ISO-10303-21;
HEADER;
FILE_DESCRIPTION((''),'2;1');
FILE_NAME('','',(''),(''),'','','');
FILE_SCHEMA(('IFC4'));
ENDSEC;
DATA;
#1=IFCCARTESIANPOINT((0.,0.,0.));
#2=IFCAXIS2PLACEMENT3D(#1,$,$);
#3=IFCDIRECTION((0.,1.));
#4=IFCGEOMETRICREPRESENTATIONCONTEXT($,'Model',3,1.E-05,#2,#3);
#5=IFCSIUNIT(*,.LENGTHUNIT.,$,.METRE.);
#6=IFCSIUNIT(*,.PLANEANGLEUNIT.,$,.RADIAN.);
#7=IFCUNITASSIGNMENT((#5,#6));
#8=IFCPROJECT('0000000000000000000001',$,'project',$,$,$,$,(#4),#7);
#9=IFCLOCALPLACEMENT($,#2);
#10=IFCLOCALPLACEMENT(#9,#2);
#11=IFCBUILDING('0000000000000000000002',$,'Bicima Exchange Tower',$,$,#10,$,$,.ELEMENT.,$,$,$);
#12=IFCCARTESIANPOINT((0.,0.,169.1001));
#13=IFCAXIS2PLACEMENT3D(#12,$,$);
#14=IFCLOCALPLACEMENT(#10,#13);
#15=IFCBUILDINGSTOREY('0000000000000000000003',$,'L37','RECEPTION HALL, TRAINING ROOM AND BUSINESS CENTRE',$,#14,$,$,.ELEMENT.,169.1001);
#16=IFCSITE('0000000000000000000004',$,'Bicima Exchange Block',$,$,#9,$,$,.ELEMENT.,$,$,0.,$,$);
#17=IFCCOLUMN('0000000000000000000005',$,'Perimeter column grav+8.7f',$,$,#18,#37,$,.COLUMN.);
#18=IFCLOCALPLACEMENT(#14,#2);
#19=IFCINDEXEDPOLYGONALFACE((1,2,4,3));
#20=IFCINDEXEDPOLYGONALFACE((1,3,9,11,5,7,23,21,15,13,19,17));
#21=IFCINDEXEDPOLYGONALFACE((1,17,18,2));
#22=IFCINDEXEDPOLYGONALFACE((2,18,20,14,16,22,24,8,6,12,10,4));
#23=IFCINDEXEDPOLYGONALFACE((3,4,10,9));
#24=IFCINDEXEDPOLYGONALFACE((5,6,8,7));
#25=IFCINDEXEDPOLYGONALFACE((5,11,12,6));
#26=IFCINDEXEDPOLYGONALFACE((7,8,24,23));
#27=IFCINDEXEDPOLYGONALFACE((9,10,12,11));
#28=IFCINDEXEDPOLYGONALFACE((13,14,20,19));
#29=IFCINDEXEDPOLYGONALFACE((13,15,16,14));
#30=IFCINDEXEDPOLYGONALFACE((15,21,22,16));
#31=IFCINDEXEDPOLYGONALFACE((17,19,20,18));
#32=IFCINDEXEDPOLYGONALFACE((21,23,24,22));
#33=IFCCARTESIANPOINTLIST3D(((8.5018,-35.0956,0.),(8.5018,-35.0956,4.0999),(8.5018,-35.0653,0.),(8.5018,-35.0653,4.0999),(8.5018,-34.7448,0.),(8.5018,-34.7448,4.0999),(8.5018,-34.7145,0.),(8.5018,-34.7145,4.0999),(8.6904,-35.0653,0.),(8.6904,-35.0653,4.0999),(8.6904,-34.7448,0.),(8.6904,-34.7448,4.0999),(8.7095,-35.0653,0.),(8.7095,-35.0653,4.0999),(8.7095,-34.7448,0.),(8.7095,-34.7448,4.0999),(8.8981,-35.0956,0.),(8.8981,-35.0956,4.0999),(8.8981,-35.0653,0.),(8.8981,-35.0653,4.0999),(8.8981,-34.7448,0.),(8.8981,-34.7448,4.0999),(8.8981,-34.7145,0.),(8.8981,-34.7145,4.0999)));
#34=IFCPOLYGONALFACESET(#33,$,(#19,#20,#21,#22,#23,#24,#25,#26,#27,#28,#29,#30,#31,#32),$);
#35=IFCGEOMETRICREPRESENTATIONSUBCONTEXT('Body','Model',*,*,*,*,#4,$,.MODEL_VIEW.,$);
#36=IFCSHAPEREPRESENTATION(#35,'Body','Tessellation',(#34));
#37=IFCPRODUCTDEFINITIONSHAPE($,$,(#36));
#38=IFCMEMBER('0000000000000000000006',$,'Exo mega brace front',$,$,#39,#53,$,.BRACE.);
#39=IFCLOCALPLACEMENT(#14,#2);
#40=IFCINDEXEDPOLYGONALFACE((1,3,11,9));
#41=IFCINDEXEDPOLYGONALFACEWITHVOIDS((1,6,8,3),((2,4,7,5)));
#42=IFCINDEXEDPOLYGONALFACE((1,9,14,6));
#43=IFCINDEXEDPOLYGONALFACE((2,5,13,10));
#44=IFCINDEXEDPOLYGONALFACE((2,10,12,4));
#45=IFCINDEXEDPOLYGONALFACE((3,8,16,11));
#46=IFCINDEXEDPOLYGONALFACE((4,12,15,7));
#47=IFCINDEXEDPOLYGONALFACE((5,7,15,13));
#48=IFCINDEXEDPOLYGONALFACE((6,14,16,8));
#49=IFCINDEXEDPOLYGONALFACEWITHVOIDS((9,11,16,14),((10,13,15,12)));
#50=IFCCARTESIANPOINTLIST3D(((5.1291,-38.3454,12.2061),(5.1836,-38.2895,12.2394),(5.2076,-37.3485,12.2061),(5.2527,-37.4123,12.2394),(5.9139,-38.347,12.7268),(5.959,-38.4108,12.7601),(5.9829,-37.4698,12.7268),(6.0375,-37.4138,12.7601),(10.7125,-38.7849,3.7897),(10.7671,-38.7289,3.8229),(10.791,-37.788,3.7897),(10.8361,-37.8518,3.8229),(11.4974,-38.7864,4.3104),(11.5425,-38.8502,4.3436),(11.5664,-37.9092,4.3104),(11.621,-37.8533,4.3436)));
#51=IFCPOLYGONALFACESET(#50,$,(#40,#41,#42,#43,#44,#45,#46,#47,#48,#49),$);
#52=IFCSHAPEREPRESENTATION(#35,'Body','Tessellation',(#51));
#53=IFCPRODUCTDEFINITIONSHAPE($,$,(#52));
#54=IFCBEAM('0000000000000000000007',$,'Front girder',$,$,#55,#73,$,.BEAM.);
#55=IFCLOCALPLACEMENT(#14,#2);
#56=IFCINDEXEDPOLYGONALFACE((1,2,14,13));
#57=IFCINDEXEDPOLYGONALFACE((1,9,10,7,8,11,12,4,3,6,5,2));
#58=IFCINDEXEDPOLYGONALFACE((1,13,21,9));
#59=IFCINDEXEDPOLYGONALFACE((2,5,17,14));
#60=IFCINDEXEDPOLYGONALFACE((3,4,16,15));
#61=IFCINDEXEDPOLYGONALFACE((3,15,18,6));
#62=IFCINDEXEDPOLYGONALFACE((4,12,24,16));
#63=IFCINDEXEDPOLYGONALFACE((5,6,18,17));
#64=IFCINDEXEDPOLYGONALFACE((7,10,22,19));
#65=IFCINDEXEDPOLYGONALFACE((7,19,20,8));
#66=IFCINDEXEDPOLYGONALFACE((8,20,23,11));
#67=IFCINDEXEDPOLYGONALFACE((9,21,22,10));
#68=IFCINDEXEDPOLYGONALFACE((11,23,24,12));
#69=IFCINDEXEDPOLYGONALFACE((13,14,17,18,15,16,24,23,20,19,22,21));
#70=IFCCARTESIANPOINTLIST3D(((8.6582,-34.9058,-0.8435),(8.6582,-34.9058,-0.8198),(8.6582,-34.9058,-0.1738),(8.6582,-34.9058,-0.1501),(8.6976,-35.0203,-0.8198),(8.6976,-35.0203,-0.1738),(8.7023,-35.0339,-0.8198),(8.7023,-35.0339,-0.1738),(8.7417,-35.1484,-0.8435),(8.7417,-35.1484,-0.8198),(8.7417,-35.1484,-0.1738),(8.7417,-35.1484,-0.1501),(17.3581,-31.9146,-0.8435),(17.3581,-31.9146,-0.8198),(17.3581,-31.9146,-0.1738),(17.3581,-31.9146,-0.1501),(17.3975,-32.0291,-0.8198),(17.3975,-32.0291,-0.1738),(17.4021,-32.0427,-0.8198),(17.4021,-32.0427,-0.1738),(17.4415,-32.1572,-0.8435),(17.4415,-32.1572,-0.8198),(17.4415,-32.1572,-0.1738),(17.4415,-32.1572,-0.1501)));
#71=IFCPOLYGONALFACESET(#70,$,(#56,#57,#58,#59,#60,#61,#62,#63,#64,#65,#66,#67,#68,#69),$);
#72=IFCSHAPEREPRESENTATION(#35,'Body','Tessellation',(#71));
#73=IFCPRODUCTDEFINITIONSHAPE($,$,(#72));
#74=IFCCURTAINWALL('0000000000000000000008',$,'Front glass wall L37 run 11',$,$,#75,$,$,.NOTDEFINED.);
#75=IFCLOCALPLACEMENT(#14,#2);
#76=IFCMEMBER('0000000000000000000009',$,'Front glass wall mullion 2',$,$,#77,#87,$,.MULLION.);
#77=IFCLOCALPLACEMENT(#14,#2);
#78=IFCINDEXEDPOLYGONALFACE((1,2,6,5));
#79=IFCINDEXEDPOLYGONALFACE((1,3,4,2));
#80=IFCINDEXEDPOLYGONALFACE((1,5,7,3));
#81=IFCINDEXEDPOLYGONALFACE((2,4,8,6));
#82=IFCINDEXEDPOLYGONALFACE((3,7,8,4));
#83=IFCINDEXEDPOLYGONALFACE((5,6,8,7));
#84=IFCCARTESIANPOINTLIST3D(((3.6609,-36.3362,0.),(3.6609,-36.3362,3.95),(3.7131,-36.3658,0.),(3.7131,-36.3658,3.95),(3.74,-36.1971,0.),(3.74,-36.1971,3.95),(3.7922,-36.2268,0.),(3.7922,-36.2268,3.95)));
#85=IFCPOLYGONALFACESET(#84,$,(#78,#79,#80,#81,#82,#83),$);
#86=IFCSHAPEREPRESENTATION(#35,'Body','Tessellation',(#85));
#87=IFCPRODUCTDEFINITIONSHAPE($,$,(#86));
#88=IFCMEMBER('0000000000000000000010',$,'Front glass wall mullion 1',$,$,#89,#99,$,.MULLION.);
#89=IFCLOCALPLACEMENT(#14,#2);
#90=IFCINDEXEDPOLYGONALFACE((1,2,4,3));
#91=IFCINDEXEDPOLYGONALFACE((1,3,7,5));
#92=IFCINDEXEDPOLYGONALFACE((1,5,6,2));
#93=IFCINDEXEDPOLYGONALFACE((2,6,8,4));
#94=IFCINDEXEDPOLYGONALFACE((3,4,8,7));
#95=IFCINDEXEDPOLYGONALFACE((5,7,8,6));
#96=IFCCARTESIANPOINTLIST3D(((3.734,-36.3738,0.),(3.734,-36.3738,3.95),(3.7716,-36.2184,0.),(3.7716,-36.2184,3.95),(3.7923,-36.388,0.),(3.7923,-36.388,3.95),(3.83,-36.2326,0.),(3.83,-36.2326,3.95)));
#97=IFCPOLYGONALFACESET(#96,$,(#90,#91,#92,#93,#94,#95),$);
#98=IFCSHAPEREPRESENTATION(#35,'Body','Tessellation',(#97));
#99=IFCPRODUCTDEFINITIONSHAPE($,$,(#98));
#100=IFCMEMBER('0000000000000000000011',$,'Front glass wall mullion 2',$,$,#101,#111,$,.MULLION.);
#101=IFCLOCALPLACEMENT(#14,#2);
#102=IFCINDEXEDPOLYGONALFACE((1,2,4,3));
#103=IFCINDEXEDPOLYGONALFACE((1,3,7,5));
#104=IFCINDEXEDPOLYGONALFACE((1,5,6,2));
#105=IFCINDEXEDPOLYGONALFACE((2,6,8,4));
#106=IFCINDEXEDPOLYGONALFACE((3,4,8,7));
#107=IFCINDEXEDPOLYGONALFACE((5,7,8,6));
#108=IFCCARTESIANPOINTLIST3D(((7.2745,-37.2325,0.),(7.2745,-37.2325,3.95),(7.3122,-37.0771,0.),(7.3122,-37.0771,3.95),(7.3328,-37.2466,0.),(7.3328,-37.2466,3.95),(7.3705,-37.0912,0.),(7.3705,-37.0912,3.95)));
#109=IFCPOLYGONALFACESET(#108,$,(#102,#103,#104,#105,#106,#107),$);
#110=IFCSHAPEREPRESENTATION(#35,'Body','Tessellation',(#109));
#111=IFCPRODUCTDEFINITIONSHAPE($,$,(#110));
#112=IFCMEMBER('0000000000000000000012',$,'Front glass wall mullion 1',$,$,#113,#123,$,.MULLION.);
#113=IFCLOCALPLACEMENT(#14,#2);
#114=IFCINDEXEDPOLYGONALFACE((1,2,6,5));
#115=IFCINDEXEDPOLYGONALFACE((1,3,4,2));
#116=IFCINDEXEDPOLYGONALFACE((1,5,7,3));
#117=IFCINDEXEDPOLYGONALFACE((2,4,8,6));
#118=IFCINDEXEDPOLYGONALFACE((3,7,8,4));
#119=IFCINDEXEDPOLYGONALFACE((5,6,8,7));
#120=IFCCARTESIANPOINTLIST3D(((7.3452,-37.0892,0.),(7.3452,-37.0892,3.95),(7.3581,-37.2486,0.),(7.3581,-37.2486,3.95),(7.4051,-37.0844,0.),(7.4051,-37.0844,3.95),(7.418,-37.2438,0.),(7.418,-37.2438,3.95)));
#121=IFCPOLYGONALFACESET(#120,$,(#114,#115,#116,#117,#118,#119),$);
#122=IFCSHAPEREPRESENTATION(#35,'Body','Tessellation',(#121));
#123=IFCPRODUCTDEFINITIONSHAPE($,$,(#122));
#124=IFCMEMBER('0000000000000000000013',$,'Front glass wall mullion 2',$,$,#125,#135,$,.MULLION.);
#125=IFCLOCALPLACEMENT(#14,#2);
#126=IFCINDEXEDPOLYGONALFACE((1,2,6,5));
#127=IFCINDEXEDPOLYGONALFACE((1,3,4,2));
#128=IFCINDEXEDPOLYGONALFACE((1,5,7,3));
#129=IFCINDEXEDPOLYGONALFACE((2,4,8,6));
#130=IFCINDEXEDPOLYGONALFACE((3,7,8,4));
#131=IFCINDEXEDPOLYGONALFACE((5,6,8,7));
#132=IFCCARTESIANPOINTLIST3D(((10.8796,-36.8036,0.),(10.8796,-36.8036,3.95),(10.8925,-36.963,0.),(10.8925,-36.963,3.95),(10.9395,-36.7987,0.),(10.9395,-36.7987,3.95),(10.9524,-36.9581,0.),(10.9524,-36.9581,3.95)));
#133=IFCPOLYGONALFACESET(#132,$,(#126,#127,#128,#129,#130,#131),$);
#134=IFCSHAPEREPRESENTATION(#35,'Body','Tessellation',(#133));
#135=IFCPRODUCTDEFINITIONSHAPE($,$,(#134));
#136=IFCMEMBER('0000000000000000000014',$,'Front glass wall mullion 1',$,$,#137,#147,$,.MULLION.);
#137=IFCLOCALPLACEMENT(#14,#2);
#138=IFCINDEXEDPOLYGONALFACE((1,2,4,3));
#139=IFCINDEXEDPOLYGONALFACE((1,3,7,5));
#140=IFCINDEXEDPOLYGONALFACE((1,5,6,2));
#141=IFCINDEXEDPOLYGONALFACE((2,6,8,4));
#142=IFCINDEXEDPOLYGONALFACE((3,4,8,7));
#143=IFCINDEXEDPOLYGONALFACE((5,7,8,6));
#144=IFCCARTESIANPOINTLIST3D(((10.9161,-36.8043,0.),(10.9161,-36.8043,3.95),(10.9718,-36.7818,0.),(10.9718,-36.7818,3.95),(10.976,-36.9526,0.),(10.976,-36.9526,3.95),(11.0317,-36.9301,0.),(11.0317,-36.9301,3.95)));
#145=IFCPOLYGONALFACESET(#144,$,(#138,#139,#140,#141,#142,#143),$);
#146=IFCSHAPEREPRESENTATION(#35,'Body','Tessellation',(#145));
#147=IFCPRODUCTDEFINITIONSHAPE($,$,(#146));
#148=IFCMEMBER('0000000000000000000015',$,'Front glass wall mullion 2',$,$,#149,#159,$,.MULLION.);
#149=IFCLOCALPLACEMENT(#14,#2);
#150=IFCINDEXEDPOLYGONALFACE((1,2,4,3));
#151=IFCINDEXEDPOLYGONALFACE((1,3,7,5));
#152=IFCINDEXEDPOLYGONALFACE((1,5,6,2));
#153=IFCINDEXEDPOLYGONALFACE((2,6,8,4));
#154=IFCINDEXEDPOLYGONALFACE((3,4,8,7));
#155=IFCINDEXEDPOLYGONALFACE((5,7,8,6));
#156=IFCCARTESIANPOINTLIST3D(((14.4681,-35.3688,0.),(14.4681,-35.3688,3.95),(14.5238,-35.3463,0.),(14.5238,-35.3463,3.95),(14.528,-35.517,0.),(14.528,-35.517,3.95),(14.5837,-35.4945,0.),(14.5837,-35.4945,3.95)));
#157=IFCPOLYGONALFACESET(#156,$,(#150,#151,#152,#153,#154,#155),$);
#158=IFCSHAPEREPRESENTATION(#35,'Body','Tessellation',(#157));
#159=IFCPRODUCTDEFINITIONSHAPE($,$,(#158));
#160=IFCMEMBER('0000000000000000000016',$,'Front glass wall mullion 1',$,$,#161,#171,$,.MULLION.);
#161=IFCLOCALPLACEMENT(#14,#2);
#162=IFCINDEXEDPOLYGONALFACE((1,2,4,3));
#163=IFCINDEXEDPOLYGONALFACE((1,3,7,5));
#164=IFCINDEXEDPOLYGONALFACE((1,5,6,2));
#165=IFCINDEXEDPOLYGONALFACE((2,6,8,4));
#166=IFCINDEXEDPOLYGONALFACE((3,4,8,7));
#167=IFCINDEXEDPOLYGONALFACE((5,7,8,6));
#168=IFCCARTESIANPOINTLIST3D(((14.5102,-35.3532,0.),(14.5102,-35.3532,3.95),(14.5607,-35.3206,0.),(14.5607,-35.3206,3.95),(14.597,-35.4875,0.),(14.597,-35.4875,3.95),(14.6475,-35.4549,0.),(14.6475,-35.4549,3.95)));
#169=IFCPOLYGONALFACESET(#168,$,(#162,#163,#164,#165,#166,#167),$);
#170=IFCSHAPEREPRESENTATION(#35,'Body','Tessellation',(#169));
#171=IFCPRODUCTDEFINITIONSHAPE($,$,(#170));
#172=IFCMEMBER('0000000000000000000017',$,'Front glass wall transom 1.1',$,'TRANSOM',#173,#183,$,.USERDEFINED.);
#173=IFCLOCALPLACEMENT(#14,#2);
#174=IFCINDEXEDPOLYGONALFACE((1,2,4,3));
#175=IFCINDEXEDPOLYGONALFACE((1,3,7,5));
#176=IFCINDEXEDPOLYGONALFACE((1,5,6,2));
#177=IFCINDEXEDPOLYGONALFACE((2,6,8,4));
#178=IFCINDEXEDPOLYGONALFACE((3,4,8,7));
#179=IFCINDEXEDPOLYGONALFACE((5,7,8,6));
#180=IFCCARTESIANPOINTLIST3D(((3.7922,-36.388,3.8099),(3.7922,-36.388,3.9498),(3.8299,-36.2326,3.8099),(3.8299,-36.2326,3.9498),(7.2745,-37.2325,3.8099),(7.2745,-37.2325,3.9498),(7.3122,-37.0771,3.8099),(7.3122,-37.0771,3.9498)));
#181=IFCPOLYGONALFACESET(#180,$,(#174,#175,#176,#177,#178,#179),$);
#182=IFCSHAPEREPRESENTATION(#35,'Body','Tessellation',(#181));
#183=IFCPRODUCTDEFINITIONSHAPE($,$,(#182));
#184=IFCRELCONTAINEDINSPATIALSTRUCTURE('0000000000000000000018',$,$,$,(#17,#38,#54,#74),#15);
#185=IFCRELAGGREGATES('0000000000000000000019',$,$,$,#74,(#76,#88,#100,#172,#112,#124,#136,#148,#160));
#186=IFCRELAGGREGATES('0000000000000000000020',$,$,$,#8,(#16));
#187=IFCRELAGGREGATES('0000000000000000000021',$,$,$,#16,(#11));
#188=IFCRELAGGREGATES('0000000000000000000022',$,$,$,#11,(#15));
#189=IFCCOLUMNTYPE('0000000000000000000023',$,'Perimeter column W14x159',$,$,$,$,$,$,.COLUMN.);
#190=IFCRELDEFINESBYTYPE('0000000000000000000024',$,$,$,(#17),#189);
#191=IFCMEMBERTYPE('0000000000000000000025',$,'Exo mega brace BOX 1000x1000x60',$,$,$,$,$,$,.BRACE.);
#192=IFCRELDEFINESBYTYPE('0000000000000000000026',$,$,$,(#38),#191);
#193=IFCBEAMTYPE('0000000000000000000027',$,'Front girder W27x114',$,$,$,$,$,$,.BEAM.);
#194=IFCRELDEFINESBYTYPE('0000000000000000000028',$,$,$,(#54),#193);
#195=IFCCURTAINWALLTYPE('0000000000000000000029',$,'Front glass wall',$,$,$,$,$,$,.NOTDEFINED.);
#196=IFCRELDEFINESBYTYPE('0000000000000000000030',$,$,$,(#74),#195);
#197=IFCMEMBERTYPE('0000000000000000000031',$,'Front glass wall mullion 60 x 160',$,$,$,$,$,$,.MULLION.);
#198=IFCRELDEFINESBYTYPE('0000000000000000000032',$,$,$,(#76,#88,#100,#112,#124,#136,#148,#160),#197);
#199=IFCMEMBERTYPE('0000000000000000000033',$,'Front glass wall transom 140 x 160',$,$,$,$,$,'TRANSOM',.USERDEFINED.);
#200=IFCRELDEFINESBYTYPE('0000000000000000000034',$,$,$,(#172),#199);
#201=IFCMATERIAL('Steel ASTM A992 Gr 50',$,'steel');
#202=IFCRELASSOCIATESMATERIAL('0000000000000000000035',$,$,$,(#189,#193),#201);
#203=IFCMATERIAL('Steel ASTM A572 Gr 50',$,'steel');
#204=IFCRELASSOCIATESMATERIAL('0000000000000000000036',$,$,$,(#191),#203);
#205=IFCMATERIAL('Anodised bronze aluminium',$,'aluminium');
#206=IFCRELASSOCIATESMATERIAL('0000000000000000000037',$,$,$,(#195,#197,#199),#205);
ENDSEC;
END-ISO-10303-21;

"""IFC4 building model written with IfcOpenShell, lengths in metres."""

from ifc_helpers import new_model, si_unit, direction, frame, origin, origin_2d, place, context, subcontext, project, spatial, rectangle, hollow_rectangle, i_section, extrude, material, material_profile, profile_set, type_object, element, aggregate, save


model = new_model("IFC4")

# Units and contexts
model_context = context("Model", 3, precision=1e-05, world=origin(), true_north=direction((0.0, 1.0)))
body_context = subcontext(model_context, "Body", "Model", "MODEL_VIEW")
ifc_project = project(units=[si_unit("LENGTHUNIT", "METRE"), si_unit("PLANEANGLEUNIT", "RADIAN")], contexts=[model_context])

# Site, building, storey
site_placement = place(None, origin())
site = spatial("IfcSite", under=ifc_project, at=site_placement, Name="Bicima Exchange Block", CompositionType="ELEMENT", RefElevation=0.0)
building_placement = place(site_placement, origin())
building = spatial("IfcBuilding", under=site, at=building_placement, Name="Bicima Exchange Tower", CompositionType="ELEMENT")
storey_placement = place(building_placement, frame((0.0, 0.0, 169.1001)))
storey = spatial("IfcBuildingStorey", under=building, at=storey_placement, Name="L37", Description="RECEPTION HALL, TRAINING ROOM AND BUSINESS CENTRE", CompositionType="ELEMENT", Elevation=169.1001)

# Column
ifc_material_1 = material(Name="Steel ASTM A992 Gr 50", Category="steel")
ifc_material_profile_1 = material_profile(ifc_material_1, i_section(OverallWidth=0.3962, OverallDepth=0.3811, WebThickness=0.019, FlangeThickness=0.0303, at=origin_2d()))
ifc_profile_set_1 = profile_set([ifc_material_profile_1], Name="Steel ASTM A992 Gr 50")
column_type = type_object("IfcColumnType", Name="Perimeter column W14x159", PredefinedType="COLUMN", material=ifc_profile_set_1)
column_placement = place(storey_placement, frame((8.7, -34.905, 0.0), z_axis=(0.0, 0.0, 1.0), x_axis=(1.0, 0.0, 0.0)))
element("IfcColumn", 1, at=column_placement, inside=storey, type_object=column_type, Name="Perimeter column grav+8.7f", PredefinedType="COLUMN", context=body_context, shape_type="SweptSolid", body=[
    extrude(i_section(OverallWidth=0.3962, OverallDepth=0.3811, WebThickness=0.019, FlangeThickness=0.0303, at=origin_2d()), origin(), (0.0, 0.0, 1.0), 4.0999),
])

# Member
ifc_material_2 = material(Name="Steel ASTM A572 Gr 50", Category="steel")
ifc_material_profile_2 = material_profile(ifc_material_2, hollow_rectangle(XDim=1.0, YDim=1.0, WallThickness=0.0601, at=origin_2d()))
ifc_profile_set_2 = profile_set([ifc_material_profile_2], Name="Steel ASTM A572 Gr 50")
member_type_1 = type_object("IfcMemberType", Name="Exo mega brace BOX 1000x1000x60", PredefinedType="BRACE", material=ifc_profile_set_2)
member_1_placement = place(storey_placement, frame((11.1667, -38.3191, 4.0667), z_axis=(-0.552291, 0.043468, 0.832517), x_axis=(-0.078463, -0.996917, 0.0)))
element("IfcMember", 2, at=member_1_placement, inside=storey, type_object=member_type_1, Name="Exo mega brace front", PredefinedType="BRACE", context=body_context, shape_type="SweptSolid", body=[
    extrude(hollow_rectangle(XDim=1.0, YDim=1.0, WallThickness=0.0601, at=origin_2d()), origin(), (0.0, 0.0, 1.0), 10.1096),
])

# Beam
ifc_material_profile_3 = material_profile(ifc_material_1, i_section(OverallWidth=0.2566, OverallDepth=0.6934, WebThickness=0.0144, FlangeThickness=0.0237, at=origin_2d()))
ifc_profile_set_3 = profile_set([ifc_material_profile_3], Name="Steel ASTM A992 Gr 50")
beam_type = type_object("IfcBeamType", Name="Front girder W27x114", PredefinedType="BEAM", material=ifc_profile_set_3)
beam_placement = place(storey_placement, frame((8.7, -35.0271, -0.4968), z_axis=(0.945666, 0.325138, 0.0), x_axis=(-0.325138, 0.945666, 0.0)))
element("IfcBeam", 3, at=beam_placement, inside=storey, type_object=beam_type, Name="Front girder", PredefinedType="BEAM", context=body_context, shape_type="SweptSolid", body=[
    extrude(i_section(OverallWidth=0.2566, OverallDepth=0.6934, WebThickness=0.0144, FlangeThickness=0.0237, at=origin_2d()), origin(), (0.0, 0.0, 1.0), 9.1997),
])

# Curtain wall, members
ifc_material_3 = material(Name="Anodised bronze aluminium", Category="aluminium")
curtain_wall_type = type_object("IfcCurtainWallType", Name="Front glass wall", PredefinedType="NOTDEFINED", material=ifc_material_3)
curtain_wall_placement = place(storey_placement, origin())
curtain_wall = element("IfcCurtainWall", 4, at=curtain_wall_placement, inside=storey, type_object=curtain_wall_type, Name="Front glass wall L37 run 11", PredefinedType="NOTDEFINED")
ifc_material_profile_4 = material_profile(ifc_material_3, rectangle(XDim=0.1599, YDim=0.0601, at=origin_2d()))
ifc_profile_set_4 = profile_set([ifc_material_profile_4], Name="Anodised bronze aluminium")
member_type_2 = type_object("IfcMemberType", Name="Front glass wall mullion 60 x 160", PredefinedType="MULLION", material=ifc_profile_set_4)
member_2_placement = place(storey_placement, frame((3.7266, -36.2815, 0.0), z_axis=(0.0, 0.0, 1.0), x_axis=(0.49433, 0.869274, 0.0)))
member_2 = element("IfcMember", 5, at=member_2_placement, type_object=member_type_2, Name="Front glass wall mullion 2", PredefinedType="MULLION", context=body_context, shape_type="SweptSolid", body=[
    extrude(rectangle(XDim=0.1599, YDim=0.0601, at=origin_2d()), origin(), (0.0, 0.0, 1.0), 3.95),
])
member_3_placement = place(storey_placement, frame((3.782, -36.3032, 0.0), z_axis=(0.0, 0.0, 1.0), x_axis=(0.235682, 0.97183, 0.0)))
member_3 = element("IfcMember", 6, at=member_3_placement, type_object=member_type_2, Name="Front glass wall mullion 1", PredefinedType="MULLION", context=body_context, shape_type="SweptSolid", body=[
    extrude(rectangle(XDim=0.1599, YDim=0.0601, at=origin_2d()), origin(), (0.0, 0.0, 1.0), 3.95),
])
member_4_placement = place(storey_placement, frame((7.3225, -37.1619, 0.0), z_axis=(0.0, 0.0, 1.0), x_axis=(0.235682, 0.97183, 0.0)))
member_4 = element("IfcMember", 7, at=member_4_placement, type_object=member_type_2, Name="Front glass wall mullion 2", PredefinedType="MULLION", context=body_context, shape_type="SweptSolid", body=[
    extrude(rectangle(XDim=0.1599, YDim=0.0601, at=origin_2d()), origin(), (0.0, 0.0, 1.0), 3.95),
])
member_5_placement = place(storey_placement, frame((7.3816, -37.1665, 0.0), z_axis=(0.0, 0.0, 1.0), x_axis=(-0.080589, 0.996747, 0.0)))
member_5 = element("IfcMember", 8, at=member_5_placement, type_object=member_type_2, Name="Front glass wall mullion 1", PredefinedType="MULLION", context=body_context, shape_type="SweptSolid", body=[
    extrude(rectangle(XDim=0.1599, YDim=0.0601, at=origin_2d()), origin(), (0.0, 0.0, 1.0), 3.95),
])
member_6_placement = place(storey_placement, frame((10.916, -36.8809, 0.0), z_axis=(0.0, 0.0, 1.0), x_axis=(-0.080589, 0.996747, 0.0)))
member_6 = element("IfcMember", 9, at=member_6_placement, type_object=member_type_2, Name="Front glass wall mullion 2", PredefinedType="MULLION", context=body_context, shape_type="SweptSolid", body=[
    extrude(rectangle(XDim=0.1599, YDim=0.0601, at=origin_2d()), origin(), (0.0, 0.0, 1.0), 3.95),
])
member_7_placement = place(storey_placement, frame((10.9739, -36.8672, 0.0), z_axis=(0.0, 0.0, 1.0), x_axis=(-0.374705, 0.927144, 0.0)))
member_7 = element("IfcMember", 10, at=member_7_placement, type_object=member_type_2, Name="Front glass wall mullion 1", PredefinedType="MULLION", context=body_context, shape_type="SweptSolid", body=[
    extrude(rectangle(XDim=0.1599, YDim=0.0601, at=origin_2d()), origin(), (0.0, 0.0, 1.0), 3.95),
])
member_8_placement = place(storey_placement, frame((14.5259, -35.4316, 0.0), z_axis=(0.0, 0.0, 1.0), x_axis=(-0.374705, 0.927144, 0.0)))
member_8 = element("IfcMember", 11, at=member_8_placement, type_object=member_type_2, Name="Front glass wall mullion 2", PredefinedType="MULLION", context=body_context, shape_type="SweptSolid", body=[
    extrude(rectangle(XDim=0.1599, YDim=0.0601, at=origin_2d()), origin(), (0.0, 0.0, 1.0), 3.95),
])
member_9_placement = place(storey_placement, frame((14.5789, -35.4041, 0.0), z_axis=(0.0, 0.0, 1.0), x_axis=(-0.542909, 0.839791, 0.0)))
member_9 = element("IfcMember", 12, at=member_9_placement, type_object=member_type_2, Name="Front glass wall mullion 1", PredefinedType="MULLION", context=body_context, shape_type="SweptSolid", body=[
    extrude(rectangle(XDim=0.1599, YDim=0.0601, at=origin_2d()), origin(), (0.0, 0.0, 1.0), 3.95),
])
ifc_material_profile_5 = material_profile(ifc_material_3, rectangle(XDim=0.1599, YDim=0.1399, at=origin_2d()))
ifc_profile_set_5 = profile_set([ifc_material_profile_5], Name="Anodised bronze aluminium")
member_type_3 = type_object("IfcMemberType", Name="Front glass wall transom 140 x 160", ElementType="TRANSOM", PredefinedType="USERDEFINED", material=ifc_profile_set_5)
member_10_placement = place(storey_placement, frame((3.811, -36.3103, 3.8799), z_axis=(0.971834, -0.235668, 0.0), x_axis=(0.235668, 0.971834, 0.0)))
member_10 = element("IfcMember", 13, at=member_10_placement, type_object=member_type_3, Name="Front glass wall transom 1.1", ObjectType="TRANSOM", PredefinedType="USERDEFINED", context=body_context, shape_type="SweptSolid", body=[
    extrude(rectangle(XDim=0.1599, YDim=0.1399, at=origin_2d()), origin(), (0.0, 0.0, 1.0), 3.5833),
])

aggregate(curtain_wall, [member_2, member_3, member_4, member_10, member_5, member_6, member_7, member_8, member_9])

save(model, "model.ifc")
